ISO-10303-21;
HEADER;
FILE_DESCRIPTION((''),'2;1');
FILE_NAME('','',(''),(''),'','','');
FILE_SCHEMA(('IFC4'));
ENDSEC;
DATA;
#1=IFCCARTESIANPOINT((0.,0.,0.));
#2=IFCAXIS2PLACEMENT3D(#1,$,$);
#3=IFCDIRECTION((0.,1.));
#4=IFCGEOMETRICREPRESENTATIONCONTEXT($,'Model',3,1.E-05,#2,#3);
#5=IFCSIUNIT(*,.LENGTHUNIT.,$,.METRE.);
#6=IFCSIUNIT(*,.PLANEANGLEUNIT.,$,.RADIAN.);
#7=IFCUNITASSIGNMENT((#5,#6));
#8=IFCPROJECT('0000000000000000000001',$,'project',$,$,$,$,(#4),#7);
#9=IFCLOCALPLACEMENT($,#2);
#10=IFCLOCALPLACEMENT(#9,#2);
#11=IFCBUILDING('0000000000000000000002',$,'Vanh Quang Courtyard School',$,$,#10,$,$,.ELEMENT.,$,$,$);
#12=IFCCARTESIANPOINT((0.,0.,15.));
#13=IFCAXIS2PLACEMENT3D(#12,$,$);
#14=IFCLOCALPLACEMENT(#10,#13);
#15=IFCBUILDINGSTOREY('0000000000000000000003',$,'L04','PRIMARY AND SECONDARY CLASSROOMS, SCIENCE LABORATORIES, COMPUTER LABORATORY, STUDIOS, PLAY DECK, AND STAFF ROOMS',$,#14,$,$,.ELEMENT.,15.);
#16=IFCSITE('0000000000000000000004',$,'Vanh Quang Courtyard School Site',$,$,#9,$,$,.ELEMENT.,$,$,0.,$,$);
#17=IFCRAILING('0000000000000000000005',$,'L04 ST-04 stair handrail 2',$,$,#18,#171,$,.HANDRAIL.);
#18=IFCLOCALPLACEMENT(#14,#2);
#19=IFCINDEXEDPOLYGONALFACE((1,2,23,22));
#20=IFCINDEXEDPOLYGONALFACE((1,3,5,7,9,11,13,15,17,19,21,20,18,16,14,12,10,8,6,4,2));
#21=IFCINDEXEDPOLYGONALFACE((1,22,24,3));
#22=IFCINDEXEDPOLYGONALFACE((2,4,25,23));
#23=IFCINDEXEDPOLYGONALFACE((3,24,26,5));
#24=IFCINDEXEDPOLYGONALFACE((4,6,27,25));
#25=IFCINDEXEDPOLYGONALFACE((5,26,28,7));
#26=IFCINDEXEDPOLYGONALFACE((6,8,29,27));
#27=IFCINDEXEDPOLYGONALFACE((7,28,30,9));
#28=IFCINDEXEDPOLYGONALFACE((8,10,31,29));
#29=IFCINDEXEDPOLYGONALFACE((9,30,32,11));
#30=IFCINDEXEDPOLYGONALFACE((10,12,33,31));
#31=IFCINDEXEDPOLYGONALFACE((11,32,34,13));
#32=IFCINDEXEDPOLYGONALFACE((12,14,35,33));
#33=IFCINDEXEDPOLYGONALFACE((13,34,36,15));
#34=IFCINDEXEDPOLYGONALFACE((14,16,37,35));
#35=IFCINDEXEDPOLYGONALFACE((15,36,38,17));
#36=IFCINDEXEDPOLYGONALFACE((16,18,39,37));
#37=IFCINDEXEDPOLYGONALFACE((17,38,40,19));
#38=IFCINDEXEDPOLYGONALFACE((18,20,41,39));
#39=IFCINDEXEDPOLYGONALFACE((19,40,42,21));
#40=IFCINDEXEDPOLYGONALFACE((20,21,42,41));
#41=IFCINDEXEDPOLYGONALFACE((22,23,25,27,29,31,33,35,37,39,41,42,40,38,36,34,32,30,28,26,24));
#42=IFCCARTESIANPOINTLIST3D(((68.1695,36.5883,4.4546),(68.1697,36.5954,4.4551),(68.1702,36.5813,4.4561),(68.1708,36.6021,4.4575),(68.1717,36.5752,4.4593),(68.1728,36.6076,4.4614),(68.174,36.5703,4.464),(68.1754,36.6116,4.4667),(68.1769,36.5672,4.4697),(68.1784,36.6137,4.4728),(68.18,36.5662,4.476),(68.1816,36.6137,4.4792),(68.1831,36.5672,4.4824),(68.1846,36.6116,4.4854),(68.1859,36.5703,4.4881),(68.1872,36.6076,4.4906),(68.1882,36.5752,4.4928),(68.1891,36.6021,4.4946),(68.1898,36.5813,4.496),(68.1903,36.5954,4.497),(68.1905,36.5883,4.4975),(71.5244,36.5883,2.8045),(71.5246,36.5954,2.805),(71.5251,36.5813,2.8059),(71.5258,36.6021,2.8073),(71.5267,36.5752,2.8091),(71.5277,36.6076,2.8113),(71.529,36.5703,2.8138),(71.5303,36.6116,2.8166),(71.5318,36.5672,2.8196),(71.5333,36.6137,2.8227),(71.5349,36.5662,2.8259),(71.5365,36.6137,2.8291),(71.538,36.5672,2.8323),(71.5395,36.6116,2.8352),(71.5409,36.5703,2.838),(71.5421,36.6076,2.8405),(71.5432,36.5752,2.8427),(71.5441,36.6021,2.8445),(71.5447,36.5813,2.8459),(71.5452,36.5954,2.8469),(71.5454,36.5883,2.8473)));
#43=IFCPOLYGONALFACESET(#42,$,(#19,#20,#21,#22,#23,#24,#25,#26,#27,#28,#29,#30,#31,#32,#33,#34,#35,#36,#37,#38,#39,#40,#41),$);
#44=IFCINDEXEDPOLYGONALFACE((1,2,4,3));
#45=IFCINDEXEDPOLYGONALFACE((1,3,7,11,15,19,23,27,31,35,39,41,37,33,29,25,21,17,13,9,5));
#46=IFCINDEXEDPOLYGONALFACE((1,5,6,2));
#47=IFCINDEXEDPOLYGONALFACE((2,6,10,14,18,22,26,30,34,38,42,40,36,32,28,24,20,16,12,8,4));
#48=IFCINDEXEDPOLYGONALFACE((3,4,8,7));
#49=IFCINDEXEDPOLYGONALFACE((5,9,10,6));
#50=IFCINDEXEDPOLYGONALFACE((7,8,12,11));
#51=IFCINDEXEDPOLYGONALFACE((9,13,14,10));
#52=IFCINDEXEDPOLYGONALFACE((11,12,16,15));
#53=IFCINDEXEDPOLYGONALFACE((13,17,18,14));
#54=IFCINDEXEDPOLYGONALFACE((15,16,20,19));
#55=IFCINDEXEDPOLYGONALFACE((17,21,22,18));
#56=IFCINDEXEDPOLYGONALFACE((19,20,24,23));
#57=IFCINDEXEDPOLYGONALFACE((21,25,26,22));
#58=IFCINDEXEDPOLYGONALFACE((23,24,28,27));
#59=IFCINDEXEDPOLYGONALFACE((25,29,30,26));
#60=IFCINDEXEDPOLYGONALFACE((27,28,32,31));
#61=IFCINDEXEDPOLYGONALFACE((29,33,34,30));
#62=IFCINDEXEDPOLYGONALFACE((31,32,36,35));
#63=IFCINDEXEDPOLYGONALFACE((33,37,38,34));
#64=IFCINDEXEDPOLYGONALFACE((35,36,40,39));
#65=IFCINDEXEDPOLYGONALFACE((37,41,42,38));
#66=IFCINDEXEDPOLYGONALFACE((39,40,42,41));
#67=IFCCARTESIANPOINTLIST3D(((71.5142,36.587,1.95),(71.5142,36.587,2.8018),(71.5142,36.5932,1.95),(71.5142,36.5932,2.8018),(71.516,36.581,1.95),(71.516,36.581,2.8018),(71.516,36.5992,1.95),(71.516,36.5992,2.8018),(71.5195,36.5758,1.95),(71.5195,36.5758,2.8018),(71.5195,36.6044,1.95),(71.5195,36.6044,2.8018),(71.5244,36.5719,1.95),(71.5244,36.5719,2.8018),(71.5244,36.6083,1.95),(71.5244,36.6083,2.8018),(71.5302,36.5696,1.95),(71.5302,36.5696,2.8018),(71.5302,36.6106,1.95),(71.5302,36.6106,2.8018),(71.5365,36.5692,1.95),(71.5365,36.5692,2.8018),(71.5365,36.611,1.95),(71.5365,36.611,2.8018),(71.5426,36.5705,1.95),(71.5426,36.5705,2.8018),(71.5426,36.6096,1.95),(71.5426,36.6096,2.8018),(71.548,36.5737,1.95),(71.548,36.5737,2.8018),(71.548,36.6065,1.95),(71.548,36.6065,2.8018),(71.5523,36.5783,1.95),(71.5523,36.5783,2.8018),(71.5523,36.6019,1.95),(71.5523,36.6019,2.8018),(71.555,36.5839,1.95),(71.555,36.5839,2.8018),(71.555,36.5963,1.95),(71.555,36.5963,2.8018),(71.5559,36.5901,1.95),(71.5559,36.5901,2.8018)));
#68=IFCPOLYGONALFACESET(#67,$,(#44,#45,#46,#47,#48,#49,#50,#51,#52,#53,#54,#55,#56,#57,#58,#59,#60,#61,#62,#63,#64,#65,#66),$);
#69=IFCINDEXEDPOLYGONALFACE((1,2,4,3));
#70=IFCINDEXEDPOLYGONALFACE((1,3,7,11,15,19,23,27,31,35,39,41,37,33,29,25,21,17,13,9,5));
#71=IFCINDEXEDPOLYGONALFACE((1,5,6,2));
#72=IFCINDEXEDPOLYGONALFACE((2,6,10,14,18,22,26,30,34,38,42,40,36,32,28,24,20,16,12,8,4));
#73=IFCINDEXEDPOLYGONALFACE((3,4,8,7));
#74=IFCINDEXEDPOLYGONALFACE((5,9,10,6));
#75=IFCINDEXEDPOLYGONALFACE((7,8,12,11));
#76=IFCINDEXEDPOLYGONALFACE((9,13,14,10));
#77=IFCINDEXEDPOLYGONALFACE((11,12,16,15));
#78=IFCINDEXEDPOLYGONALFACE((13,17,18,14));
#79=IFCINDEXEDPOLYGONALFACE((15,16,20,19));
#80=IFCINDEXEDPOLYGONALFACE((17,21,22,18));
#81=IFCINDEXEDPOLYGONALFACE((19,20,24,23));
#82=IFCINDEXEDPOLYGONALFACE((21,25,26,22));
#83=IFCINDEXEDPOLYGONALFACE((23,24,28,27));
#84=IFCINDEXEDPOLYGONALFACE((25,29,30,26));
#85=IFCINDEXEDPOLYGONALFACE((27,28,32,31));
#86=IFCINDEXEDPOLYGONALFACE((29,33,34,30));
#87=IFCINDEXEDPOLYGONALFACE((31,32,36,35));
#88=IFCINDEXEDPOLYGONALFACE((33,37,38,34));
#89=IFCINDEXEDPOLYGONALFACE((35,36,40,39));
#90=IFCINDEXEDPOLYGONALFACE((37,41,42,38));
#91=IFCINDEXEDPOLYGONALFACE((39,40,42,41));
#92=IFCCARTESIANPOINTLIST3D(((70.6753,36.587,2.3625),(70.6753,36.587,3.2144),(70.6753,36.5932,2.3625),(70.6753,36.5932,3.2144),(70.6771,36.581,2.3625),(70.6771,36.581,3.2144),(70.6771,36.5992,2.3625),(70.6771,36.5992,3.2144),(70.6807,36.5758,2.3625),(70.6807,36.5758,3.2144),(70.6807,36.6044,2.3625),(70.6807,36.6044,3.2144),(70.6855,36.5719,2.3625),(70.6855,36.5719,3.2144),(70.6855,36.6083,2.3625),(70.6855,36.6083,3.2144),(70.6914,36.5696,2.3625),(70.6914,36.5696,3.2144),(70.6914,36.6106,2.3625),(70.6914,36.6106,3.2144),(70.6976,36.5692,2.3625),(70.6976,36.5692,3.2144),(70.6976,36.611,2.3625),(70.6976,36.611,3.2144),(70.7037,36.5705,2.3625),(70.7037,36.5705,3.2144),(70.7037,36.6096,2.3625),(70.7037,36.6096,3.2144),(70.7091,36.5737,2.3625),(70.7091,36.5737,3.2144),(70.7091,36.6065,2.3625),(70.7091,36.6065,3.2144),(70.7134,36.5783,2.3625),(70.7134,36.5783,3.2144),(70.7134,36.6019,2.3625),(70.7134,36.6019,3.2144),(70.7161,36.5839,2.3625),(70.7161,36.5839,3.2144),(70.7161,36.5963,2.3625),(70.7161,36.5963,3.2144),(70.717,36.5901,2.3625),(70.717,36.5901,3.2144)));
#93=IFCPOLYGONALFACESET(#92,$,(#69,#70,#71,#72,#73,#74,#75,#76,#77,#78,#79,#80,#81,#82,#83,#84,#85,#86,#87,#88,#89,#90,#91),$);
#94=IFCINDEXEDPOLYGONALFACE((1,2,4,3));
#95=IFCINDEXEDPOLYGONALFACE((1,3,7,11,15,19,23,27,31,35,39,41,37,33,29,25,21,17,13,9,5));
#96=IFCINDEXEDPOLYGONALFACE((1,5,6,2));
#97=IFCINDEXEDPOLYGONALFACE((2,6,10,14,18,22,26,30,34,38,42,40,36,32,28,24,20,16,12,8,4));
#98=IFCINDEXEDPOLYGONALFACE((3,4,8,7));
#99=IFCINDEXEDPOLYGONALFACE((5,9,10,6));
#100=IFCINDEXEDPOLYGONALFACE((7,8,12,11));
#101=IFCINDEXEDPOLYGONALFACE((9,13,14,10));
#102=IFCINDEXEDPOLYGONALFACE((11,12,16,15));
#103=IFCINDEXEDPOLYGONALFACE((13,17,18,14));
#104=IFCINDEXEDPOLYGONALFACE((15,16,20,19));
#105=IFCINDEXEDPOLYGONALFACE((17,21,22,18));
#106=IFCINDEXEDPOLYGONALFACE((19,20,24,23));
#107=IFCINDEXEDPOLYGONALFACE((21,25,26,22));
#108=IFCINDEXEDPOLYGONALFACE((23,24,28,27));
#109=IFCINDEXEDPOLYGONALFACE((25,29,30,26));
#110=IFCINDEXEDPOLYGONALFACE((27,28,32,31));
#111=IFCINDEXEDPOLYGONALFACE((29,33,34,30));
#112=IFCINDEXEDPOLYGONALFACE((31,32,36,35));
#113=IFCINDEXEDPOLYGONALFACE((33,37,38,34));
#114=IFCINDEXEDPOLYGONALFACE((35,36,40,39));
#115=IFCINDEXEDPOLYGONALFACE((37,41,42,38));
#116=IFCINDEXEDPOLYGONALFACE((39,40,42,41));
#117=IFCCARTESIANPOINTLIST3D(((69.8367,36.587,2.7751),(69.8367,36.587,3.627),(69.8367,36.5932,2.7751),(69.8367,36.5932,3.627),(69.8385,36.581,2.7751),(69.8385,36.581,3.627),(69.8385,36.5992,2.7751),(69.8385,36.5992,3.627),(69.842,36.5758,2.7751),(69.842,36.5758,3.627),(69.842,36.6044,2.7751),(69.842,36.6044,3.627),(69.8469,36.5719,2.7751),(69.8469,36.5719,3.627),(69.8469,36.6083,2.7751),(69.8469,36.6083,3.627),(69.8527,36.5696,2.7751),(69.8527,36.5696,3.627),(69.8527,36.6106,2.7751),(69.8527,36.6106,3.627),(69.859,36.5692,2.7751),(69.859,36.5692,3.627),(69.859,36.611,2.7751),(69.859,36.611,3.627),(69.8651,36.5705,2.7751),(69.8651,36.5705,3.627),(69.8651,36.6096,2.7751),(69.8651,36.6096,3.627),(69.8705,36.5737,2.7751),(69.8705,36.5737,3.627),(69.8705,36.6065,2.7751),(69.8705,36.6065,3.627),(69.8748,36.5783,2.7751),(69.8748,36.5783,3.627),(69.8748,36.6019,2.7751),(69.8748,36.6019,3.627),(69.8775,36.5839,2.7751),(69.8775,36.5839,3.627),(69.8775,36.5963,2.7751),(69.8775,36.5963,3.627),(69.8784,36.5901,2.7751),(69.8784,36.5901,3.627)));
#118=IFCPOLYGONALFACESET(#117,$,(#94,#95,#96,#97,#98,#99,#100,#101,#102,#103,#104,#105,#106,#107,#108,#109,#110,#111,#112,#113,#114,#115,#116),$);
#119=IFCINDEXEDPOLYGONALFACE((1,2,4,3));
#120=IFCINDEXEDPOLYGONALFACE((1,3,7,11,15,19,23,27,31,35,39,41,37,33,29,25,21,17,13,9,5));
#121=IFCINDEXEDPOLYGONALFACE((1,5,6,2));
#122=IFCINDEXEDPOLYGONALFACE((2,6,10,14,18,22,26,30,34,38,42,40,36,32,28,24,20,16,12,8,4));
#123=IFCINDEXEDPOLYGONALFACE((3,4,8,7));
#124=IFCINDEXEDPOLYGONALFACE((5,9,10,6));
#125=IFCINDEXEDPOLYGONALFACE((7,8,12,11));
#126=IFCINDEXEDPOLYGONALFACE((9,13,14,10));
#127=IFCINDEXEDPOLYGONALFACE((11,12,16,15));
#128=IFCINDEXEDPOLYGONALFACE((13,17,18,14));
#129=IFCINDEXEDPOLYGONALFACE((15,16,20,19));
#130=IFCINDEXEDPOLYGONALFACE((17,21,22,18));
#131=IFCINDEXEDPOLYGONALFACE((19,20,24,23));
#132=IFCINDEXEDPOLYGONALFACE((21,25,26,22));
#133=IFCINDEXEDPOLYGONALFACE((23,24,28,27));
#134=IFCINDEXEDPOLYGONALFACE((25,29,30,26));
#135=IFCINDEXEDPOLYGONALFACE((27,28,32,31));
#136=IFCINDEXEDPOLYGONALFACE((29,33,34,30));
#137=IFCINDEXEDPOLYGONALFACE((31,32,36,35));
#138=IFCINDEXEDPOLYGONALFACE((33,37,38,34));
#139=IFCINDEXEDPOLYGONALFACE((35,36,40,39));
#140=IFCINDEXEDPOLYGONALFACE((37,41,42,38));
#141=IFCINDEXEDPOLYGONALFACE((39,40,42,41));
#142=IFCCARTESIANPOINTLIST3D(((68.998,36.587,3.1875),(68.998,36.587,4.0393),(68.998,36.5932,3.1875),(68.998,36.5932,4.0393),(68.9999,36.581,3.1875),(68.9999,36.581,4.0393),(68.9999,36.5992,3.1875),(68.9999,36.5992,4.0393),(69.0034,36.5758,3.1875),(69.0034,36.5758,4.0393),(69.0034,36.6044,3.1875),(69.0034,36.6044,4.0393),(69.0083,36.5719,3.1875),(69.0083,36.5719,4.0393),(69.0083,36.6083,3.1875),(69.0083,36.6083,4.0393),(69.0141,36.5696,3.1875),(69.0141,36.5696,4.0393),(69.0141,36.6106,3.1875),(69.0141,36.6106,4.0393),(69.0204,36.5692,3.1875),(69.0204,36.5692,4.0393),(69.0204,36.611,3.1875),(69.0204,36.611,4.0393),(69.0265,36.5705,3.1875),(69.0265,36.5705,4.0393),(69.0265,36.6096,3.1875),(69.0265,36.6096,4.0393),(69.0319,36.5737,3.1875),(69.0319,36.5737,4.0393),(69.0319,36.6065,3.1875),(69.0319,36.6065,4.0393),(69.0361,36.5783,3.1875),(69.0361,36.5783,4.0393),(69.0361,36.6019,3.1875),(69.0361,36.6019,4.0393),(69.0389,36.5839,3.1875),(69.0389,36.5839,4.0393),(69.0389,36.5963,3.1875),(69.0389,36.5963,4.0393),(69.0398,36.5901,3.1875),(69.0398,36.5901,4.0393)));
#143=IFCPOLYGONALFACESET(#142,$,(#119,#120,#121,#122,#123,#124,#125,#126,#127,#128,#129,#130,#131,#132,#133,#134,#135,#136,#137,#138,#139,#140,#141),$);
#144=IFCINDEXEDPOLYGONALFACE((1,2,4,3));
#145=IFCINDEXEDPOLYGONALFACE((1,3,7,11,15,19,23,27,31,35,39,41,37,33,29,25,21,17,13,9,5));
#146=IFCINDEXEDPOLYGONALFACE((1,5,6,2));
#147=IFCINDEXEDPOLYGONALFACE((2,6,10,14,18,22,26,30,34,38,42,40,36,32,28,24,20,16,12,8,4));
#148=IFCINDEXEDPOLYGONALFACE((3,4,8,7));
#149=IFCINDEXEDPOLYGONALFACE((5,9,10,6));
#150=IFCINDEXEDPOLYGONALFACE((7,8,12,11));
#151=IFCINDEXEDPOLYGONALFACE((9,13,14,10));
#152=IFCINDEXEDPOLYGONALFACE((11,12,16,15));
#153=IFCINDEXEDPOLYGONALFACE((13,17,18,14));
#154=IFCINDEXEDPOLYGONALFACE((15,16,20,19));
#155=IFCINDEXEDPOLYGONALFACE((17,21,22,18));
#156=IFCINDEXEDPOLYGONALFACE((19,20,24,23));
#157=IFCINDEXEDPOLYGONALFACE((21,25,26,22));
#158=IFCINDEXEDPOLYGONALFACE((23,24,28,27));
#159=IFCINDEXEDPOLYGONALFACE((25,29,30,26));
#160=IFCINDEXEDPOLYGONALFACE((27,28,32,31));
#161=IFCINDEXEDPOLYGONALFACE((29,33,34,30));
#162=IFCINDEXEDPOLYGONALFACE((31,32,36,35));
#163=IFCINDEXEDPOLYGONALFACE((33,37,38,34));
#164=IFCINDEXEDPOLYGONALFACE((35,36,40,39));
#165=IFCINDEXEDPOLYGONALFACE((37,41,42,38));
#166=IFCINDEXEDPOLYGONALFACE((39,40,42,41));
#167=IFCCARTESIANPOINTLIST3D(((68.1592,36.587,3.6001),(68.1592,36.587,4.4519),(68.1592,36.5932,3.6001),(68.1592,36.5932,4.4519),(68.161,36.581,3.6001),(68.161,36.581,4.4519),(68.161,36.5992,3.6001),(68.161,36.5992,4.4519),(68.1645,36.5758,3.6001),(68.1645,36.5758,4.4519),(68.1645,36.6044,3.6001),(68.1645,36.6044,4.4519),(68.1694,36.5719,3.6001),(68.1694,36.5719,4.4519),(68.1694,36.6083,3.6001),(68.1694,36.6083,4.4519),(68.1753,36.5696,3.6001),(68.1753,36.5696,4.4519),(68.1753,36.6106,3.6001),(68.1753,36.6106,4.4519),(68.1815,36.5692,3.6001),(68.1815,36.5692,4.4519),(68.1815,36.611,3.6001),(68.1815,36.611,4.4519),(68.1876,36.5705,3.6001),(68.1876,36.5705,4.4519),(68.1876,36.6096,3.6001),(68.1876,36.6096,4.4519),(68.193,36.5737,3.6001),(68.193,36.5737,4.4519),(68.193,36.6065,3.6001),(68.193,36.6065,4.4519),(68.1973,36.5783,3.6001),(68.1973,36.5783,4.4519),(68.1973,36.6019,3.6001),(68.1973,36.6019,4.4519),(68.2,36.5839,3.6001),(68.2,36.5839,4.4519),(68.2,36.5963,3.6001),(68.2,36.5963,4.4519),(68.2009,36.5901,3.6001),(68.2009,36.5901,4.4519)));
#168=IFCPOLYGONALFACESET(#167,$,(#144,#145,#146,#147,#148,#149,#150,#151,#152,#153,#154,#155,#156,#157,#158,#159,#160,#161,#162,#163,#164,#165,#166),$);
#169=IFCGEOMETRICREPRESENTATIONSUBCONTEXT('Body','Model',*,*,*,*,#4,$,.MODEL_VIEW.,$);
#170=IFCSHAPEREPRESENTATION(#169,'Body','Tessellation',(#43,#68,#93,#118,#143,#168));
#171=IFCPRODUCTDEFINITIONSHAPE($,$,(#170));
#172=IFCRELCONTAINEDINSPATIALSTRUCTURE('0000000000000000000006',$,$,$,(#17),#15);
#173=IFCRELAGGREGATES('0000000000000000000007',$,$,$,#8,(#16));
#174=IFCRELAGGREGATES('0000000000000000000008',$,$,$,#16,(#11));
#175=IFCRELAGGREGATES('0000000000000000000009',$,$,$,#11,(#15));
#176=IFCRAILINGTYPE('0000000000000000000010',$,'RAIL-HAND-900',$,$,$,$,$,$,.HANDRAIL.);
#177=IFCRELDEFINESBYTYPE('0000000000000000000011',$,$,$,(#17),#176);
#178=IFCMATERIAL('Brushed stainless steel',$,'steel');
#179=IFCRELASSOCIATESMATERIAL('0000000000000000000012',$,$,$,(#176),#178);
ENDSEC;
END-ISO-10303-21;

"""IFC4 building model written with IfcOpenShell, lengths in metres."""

from ifc_helpers import new_model, si_unit, direction, frame, origin, origin_2d, place, context, subcontext, project, spatial, circle, extrude, material, type_object, element, save


model = new_model("IFC4")

# Units and contexts
model_context = context("Model", 3, precision=1e-05, world=origin(), true_north=direction((0.0, 1.0)))
body_context = subcontext(model_context, "Body", "Model", "MODEL_VIEW")
ifc_project = project(units=[si_unit("LENGTHUNIT", "METRE"), si_unit("PLANEANGLEUNIT", "RADIAN")], contexts=[model_context])

# Site, building, storey
site_placement = place(None, origin())
site = spatial("IfcSite", under=ifc_project, at=site_placement, Name="Vanh Quang Courtyard School Site", CompositionType="ELEMENT", RefElevation=0.0)
building_placement = place(site_placement, origin())
building = spatial("IfcBuilding", under=site, at=building_placement, Name="Vanh Quang Courtyard School", CompositionType="ELEMENT")
storey_placement = place(building_placement, frame((0.0, 0.0, 15.0)))
storey = spatial("IfcBuildingStorey", under=building, at=storey_placement, Name="L04", Description="PRIMARY AND SECONDARY CLASSROOMS, SCIENCE LABORATORIES, COMPUTER LABORATORY, STUDIOS, PLAY DECK, AND STAFF ROOMS", CompositionType="ELEMENT", Elevation=15.0)

# Railing
ifc_material_1 = material(Name="Brushed stainless steel", Category="steel")
railing_type_1 = type_object("IfcRailingType", Name="RAIL-HAND-900", PredefinedType="HANDRAIL", material=ifc_material_1)
railing_1_placement = place(storey_placement, frame((71.5349, 36.5901, 1.95)))
element("IfcRailing", 1, at=railing_1_placement, inside=storey, type_object=railing_type_1, Name="L04 ST-04 stair handrail 2", PredefinedType="HANDRAIL", context=body_context, shape_type="SweptSolid", body=[
    extrude(circle(Radius=0.0239, at=origin_2d()), frame((0.0, 0.0, 0.876), z_axis=(-0.897333, 0.0, 0.441353), x_axis=(0.0, -1.0, 0.0)), (0.0, 0.0, 1.0), 3.7388),
    extrude(circle(Radius=0.021, at=origin_2d()), origin(), (0.0, 0.0, 1.0), 0.8518),
    extrude(circle(Radius=0.021, at=origin_2d()), frame((-0.8389, 0.0, 0.4126)), (0.0, 0.0, 1.0), 0.8518),
    extrude(circle(Radius=0.021, at=origin_2d()), frame((-1.6775, 0.0, 0.8252)), (0.0, 0.0, 1.0), 0.8518),
    extrude(circle(Radius=0.021, at=origin_2d()), frame((-2.5161, 0.0, 1.2375)), (0.0, 0.0, 1.0), 0.8518),
    extrude(circle(Radius=0.021, at=origin_2d()), frame((-3.355, 0.0, 1.6501)), (0.0, 0.0, 1.0), 0.8518),
])

save(model, "model.ifc")
